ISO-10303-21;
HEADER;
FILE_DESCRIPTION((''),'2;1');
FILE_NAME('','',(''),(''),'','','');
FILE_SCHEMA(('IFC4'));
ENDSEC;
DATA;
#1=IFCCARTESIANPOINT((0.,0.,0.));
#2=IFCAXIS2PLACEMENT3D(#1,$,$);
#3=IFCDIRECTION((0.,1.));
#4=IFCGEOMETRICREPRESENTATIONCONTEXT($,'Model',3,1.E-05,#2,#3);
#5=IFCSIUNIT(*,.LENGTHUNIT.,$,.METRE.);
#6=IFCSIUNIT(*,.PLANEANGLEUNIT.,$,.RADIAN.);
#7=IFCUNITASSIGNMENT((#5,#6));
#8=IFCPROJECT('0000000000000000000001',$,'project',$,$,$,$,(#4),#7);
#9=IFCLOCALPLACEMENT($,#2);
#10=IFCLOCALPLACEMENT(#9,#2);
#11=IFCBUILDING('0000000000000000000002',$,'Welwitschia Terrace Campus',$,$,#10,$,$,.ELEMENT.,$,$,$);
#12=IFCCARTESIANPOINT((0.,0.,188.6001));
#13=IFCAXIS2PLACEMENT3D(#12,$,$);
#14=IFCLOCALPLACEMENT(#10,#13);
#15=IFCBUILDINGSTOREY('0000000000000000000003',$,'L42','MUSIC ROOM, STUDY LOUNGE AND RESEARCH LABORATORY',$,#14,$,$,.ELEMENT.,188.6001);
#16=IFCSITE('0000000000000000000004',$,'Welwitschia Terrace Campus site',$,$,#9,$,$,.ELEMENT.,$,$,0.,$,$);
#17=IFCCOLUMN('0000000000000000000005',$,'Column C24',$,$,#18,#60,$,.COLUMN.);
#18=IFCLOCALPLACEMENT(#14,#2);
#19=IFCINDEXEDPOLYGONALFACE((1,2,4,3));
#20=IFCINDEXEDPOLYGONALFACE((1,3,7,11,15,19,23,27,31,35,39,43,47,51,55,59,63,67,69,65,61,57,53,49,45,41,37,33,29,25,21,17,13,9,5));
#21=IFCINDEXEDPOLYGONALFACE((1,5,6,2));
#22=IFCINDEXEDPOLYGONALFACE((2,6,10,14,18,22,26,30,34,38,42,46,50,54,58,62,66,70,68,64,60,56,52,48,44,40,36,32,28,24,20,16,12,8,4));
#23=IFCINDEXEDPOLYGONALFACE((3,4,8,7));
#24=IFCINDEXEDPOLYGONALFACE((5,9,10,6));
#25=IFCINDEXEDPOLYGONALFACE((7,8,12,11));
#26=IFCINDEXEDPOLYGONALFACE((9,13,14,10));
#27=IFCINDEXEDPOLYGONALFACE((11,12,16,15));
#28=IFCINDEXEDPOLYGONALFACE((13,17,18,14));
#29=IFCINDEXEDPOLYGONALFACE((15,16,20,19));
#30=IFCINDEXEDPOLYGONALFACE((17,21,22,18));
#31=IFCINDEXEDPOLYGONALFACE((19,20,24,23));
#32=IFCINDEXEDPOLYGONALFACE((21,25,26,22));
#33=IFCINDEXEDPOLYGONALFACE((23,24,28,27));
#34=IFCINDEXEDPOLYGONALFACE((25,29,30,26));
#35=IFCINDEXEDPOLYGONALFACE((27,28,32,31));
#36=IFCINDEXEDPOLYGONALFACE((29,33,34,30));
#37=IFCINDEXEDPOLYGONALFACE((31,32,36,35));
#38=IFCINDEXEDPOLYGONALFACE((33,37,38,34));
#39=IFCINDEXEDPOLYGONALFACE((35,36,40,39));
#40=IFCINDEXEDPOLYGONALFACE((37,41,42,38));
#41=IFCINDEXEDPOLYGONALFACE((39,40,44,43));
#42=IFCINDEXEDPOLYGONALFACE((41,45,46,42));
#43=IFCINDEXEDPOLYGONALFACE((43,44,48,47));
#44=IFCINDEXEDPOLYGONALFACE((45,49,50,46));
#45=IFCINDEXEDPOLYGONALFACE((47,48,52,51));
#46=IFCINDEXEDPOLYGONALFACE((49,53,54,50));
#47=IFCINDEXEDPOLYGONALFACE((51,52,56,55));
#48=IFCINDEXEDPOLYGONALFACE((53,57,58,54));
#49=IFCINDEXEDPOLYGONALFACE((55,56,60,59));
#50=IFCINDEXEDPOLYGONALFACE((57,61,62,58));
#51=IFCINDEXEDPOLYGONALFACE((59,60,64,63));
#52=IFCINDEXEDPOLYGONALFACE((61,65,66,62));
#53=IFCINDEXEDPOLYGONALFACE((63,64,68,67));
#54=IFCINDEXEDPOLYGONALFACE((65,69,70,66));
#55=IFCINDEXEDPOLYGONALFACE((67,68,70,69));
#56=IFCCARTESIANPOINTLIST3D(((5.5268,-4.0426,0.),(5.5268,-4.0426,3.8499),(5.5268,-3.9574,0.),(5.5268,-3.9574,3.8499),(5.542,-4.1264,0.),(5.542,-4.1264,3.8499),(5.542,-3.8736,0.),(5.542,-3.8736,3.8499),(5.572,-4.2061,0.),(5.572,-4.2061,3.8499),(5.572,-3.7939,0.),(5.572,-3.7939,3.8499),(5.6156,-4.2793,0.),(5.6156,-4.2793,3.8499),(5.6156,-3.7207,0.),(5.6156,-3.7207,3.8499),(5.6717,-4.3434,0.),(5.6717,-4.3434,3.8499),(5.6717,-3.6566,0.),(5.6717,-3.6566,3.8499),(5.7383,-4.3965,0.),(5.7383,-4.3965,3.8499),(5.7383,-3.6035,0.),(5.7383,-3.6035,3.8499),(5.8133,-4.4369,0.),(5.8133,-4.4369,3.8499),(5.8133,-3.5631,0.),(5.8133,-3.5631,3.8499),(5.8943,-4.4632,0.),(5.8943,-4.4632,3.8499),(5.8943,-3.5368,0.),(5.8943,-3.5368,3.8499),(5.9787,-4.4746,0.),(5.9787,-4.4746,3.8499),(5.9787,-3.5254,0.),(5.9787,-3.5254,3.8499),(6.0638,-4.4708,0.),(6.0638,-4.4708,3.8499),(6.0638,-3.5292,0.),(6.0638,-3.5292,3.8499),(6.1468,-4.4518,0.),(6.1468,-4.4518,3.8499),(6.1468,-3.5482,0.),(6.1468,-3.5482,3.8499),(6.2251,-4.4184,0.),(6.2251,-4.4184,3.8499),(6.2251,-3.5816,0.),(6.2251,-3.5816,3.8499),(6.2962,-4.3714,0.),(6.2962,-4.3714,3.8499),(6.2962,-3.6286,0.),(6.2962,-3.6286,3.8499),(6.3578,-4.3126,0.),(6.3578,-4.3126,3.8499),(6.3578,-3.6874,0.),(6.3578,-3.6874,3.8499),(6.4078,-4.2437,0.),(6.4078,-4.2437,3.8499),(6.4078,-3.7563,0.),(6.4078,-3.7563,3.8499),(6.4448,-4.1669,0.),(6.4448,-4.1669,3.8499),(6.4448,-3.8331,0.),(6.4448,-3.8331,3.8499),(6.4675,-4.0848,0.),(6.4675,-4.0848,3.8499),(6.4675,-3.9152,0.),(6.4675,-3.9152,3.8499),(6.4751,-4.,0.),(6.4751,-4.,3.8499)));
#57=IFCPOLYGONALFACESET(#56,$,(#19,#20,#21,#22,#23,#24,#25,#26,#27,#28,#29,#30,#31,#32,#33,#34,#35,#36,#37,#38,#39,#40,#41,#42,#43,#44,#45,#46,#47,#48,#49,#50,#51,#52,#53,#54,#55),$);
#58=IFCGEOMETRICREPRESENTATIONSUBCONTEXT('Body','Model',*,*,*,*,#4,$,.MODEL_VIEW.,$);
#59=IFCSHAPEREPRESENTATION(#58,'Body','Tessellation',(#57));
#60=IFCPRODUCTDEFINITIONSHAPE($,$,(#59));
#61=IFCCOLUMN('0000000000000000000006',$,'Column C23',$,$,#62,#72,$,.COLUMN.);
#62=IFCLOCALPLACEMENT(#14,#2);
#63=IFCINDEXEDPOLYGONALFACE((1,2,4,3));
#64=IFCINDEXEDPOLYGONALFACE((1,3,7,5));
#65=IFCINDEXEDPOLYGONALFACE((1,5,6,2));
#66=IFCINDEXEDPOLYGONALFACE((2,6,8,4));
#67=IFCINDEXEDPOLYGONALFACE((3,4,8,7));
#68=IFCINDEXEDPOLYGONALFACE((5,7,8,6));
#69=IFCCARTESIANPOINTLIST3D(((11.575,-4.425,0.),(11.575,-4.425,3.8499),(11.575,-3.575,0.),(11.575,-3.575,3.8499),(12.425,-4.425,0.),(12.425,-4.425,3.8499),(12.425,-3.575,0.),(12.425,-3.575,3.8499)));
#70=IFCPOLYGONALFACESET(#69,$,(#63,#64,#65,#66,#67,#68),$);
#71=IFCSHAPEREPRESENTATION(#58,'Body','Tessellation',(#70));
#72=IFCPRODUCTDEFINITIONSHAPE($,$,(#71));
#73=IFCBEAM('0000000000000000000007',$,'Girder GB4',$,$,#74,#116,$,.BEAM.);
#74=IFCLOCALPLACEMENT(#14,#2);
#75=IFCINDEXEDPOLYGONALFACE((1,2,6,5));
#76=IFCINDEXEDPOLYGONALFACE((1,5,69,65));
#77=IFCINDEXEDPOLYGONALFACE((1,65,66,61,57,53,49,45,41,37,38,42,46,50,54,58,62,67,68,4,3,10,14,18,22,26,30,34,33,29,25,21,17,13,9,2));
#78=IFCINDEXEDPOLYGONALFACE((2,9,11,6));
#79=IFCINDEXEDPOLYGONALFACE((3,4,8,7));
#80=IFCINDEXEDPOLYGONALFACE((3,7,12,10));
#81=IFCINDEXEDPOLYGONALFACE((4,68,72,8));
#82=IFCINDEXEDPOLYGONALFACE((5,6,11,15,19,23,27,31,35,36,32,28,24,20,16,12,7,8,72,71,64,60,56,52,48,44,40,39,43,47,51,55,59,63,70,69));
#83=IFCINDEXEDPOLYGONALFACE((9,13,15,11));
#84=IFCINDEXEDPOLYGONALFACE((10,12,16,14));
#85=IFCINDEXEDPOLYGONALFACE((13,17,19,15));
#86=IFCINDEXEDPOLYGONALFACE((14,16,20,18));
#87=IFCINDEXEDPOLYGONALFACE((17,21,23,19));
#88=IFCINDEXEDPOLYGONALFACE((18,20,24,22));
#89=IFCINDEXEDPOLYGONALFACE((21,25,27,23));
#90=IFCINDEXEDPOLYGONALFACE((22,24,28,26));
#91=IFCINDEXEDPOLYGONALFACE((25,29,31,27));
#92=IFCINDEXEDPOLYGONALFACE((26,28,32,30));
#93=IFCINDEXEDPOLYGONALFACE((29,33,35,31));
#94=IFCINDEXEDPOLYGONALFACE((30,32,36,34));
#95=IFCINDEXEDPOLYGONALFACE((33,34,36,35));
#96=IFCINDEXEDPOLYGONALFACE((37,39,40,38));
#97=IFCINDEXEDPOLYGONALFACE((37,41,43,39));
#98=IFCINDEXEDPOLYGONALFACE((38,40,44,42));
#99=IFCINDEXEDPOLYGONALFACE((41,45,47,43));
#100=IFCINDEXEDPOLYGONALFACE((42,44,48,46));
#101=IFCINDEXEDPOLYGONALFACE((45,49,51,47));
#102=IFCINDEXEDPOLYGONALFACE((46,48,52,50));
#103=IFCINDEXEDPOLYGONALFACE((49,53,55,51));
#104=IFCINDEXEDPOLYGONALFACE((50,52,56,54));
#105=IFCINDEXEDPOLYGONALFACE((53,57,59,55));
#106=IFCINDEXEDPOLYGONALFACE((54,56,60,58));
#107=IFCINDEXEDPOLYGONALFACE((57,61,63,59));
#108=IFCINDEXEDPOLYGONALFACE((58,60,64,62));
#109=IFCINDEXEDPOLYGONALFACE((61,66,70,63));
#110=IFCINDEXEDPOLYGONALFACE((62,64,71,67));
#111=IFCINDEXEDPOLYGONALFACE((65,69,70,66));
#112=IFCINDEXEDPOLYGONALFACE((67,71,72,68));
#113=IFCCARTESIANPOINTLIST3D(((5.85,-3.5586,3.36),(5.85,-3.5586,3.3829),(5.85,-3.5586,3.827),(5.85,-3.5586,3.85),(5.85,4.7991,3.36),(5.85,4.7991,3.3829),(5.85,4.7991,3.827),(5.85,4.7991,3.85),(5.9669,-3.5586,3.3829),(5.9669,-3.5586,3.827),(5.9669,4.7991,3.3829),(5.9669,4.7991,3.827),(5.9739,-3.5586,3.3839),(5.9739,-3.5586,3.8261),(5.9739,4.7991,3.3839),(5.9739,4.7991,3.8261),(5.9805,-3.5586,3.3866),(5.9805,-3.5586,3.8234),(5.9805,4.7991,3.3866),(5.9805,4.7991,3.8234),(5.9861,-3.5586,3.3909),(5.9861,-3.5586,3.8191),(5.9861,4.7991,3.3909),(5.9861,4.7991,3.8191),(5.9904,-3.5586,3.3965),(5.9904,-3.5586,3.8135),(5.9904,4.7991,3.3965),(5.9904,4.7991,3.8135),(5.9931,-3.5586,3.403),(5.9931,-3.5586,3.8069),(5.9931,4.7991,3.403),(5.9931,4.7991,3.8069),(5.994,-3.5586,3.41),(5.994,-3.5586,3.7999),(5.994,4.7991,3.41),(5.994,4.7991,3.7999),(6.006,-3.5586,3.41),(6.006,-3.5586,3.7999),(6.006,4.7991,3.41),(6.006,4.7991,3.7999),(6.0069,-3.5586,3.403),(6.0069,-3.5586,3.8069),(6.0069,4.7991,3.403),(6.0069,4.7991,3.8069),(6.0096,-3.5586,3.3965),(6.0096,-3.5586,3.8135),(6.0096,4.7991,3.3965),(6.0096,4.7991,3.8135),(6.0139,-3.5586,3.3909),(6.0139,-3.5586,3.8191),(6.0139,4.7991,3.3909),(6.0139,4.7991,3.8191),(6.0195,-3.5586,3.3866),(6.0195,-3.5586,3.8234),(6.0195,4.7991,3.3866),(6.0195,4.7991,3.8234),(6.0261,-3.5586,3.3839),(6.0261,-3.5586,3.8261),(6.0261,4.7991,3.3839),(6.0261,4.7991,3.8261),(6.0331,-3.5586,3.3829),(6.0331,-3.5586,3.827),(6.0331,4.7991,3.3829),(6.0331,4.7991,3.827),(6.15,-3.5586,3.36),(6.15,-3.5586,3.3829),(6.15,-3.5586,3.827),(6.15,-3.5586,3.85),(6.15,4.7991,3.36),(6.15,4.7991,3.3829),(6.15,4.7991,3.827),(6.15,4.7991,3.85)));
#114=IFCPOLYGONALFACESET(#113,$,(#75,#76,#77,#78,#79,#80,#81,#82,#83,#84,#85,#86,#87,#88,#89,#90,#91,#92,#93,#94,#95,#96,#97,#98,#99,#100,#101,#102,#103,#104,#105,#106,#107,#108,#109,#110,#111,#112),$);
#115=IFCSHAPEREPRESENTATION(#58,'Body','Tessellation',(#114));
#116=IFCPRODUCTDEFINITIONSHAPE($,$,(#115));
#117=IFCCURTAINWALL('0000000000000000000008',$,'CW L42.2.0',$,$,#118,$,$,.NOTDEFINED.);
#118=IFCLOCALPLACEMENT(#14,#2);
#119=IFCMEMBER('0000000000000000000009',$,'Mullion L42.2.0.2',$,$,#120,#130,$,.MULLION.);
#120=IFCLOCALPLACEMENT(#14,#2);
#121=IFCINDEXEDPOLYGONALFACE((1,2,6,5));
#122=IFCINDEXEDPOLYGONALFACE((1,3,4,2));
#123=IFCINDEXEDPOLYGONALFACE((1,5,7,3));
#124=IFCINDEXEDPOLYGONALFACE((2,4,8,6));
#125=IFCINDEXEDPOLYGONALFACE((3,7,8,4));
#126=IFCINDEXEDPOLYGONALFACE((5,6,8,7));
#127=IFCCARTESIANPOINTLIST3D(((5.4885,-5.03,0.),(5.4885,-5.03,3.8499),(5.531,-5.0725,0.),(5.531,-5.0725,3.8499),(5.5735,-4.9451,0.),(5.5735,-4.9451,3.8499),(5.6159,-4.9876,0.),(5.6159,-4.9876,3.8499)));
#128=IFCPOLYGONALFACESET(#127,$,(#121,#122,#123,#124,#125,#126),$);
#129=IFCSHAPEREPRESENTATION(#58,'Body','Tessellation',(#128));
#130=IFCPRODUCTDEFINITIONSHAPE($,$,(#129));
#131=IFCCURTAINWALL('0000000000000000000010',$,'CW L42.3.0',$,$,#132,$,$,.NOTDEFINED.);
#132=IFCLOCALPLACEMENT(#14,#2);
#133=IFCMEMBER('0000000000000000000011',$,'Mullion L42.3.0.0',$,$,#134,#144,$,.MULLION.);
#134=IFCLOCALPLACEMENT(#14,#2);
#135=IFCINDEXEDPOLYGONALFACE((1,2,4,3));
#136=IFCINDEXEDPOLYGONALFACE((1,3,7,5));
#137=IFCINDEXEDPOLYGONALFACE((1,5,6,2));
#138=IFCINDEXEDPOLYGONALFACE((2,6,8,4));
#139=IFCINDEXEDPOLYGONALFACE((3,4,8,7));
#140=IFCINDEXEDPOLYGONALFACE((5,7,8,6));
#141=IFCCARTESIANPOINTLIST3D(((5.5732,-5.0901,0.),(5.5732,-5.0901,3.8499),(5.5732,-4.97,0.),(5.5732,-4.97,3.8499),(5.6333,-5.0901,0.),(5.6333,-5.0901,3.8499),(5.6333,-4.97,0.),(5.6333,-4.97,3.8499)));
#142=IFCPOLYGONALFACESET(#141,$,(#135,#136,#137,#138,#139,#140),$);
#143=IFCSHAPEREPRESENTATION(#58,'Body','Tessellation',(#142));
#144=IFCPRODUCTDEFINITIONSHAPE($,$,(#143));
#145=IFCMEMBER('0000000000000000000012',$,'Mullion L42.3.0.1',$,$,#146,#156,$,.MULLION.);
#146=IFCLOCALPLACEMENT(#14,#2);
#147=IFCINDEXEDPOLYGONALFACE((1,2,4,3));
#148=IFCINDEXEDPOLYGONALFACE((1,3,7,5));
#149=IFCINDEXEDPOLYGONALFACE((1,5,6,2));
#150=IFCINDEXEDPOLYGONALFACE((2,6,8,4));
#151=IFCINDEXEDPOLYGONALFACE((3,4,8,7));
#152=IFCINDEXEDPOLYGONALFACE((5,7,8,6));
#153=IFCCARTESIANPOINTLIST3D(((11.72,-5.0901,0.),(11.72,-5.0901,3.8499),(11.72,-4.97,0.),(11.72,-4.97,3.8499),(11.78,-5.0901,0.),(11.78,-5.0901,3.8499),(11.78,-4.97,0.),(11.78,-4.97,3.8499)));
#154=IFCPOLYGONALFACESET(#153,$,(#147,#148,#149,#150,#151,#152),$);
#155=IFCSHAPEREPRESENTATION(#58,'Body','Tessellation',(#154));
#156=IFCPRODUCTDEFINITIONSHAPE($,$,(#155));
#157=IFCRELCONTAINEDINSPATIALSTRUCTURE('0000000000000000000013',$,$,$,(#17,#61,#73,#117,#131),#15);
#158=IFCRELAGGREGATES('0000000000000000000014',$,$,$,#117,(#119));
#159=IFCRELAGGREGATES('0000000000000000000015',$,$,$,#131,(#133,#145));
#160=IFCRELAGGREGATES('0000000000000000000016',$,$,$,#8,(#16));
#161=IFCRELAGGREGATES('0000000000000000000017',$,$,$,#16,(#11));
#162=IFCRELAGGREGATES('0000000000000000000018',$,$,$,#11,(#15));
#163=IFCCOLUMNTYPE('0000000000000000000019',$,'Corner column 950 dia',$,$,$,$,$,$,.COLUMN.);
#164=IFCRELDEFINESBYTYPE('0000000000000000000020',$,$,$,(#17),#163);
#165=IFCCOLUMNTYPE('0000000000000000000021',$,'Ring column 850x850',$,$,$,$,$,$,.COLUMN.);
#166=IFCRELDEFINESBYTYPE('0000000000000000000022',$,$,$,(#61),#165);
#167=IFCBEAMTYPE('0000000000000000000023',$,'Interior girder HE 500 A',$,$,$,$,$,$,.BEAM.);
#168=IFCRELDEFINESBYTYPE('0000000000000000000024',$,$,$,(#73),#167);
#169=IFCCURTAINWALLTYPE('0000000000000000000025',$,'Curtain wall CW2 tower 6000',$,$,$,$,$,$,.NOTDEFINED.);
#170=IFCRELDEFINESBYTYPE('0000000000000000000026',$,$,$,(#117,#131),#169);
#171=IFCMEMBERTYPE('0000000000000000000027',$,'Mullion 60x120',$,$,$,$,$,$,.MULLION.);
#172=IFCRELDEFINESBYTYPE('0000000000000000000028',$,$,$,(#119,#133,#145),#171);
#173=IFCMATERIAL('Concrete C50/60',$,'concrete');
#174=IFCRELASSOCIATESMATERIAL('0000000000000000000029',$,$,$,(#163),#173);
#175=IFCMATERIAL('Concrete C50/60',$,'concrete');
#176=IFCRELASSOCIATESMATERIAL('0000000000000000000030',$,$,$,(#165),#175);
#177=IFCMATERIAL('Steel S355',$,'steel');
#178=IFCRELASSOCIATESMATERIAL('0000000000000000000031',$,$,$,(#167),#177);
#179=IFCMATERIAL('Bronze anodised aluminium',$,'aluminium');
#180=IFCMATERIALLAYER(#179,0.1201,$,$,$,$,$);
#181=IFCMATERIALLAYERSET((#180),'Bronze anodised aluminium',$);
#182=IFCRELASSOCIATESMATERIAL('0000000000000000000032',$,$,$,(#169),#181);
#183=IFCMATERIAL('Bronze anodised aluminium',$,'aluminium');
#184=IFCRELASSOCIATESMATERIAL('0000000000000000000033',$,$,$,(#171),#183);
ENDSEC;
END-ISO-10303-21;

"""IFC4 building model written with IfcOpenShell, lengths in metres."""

from ifc_helpers import new_model, si_unit, direction, frame, origin, origin_2d, place, context, subcontext, project, spatial, rectangle, circle, i_section, extrude, material, layer, layer_set, material_profile, profile_set, type_object, element, aggregate, save


model = new_model("IFC4")

# Units and contexts
model_context = context("Model", 3, precision=1e-05, world=origin(), true_north=direction((0.0, 1.0)))
body_context = subcontext(model_context, "Body", "Model", "MODEL_VIEW")
ifc_project = project(units=[si_unit("LENGTHUNIT", "METRE"), si_unit("PLANEANGLEUNIT", "RADIAN")], contexts=[model_context])

# Site, building, storey
site_placement = place(None, origin())
site = spatial("IfcSite", under=ifc_project, at=site_placement, Name="Welwitschia Terrace Campus site", CompositionType="ELEMENT", RefElevation=0.0)
building_placement = place(site_placement, origin())
building = spatial("IfcBuilding", under=site, at=building_placement, Name="Welwitschia Terrace Campus", CompositionType="ELEMENT")
storey_placement = place(building_placement, frame((0.0, 0.0, 188.6001)))
storey = spatial("IfcBuildingStorey", under=building, at=storey_placement, Name="L42", Description="MUSIC ROOM, STUDY LOUNGE AND RESEARCH LABORATORY", CompositionType="ELEMENT", Elevation=188.6001)

# Columns
ifc_material_1 = material(Name="Concrete C50/60", Category="concrete")
ifc_material_profile_1 = material_profile(ifc_material_1, circle(Radius=0.4751, at=origin_2d()))
ifc_profile_set_1 = profile_set([ifc_material_profile_1], Name="Concrete C50/60")
column_type_1 = type_object("IfcColumnType", Name="Corner column 950 dia", PredefinedType="COLUMN", material=ifc_profile_set_1)
column_1_placement = place(storey_placement, frame((6.0, -4.0, 0.0), z_axis=(0.0, 0.0, 1.0), x_axis=(1.0, 0.0, 0.0)))
element("IfcColumn", 1, at=column_1_placement, inside=storey, type_object=column_type_1, Name="Column C24", PredefinedType="COLUMN", context=body_context, shape_type="SweptSolid", body=[
    extrude(circle(Radius=0.4751, at=origin_2d()), origin(), (0.0, 0.0, 1.0), 3.8499),
])
ifc_material_2 = material(Name="Concrete C50/60", Category="concrete")
ifc_material_profile_2 = material_profile(ifc_material_2, rectangle(XDim=0.8501, YDim=0.8501, at=origin_2d()))
ifc_profile_set_2 = profile_set([ifc_material_profile_2], Name="Concrete C50/60")
column_type_2 = type_object("IfcColumnType", Name="Ring column 850x850", PredefinedType="COLUMN", material=ifc_profile_set_2)
column_2_placement = place(storey_placement, frame((12.0, -4.0, 0.0), z_axis=(0.0, 0.0, 1.0), x_axis=(1.0, 0.0, 0.0)))
element("IfcColumn", 2, at=column_2_placement, inside=storey, type_object=column_type_2, Name="Column C23", PredefinedType="COLUMN", context=body_context, shape_type="SweptSolid", body=[
    extrude(rectangle(XDim=0.8501, YDim=0.8501, at=origin_2d()), origin(), (0.0, 0.0, 1.0), 3.8499),
])

# Beam
ifc_material_3 = material(Name="Steel S355", Category="steel")
ifc_material_profile_3 = material_profile(ifc_material_3, i_section(OverallWidth=0.3, OverallDepth=0.49, WebThickness=0.012, FlangeThickness=0.0229, FilletRadius=0.0271, at=origin_2d()))
ifc_profile_set_3 = profile_set([ifc_material_profile_3], Name="Steel S355")
beam_type_1 = type_object("IfcBeamType", Name="Interior girder HE 500 A", PredefinedType="BEAM", material=ifc_profile_set_3)
beam_1_placement = place(storey_placement, frame((6.0, -3.5586, 3.605), z_axis=(0.0, 1.0, 0.0), x_axis=(-1.0, 0.0, 0.0)))
element("IfcBeam", 3, at=beam_1_placement, inside=storey, type_object=beam_type_1, Name="Girder GB4", PredefinedType="BEAM", context=body_context, shape_type="SweptSolid", body=[
    extrude(i_section(OverallWidth=0.3, OverallDepth=0.49, WebThickness=0.012, FlangeThickness=0.0229, FilletRadius=0.0271, at=origin_2d()), origin(), (0.0, 0.0, 1.0), 8.3577),
])

# Curtain wall, member
ifc_material_4 = material(Name="Bronze anodised aluminium", Category="aluminium")
ifc_layer_1 = layer(ifc_material_4, 0.1201)
ifc_layer_set_1 = layer_set([ifc_layer_1], Name="Bronze anodised aluminium")
curtain_wall_type = type_object("IfcCurtainWallType", Name="Curtain wall CW2 tower 6000", PredefinedType="NOTDEFINED", material=ifc_layer_set_1)
curtain_wall_1_placement = place(storey_placement, origin())
curtain_wall_1 = element("IfcCurtainWall", 4, at=curtain_wall_1_placement, inside=storey, type_object=curtain_wall_type, Name="CW L42.2.0", PredefinedType="NOTDEFINED")
ifc_material_5 = material(Name="Bronze anodised aluminium", Category="aluminium")
ifc_material_profile_4 = material_profile(ifc_material_5, rectangle(XDim=0.1201, YDim=0.0601, at=origin_2d()))
ifc_profile_set_4 = profile_set([ifc_material_profile_4], Name="Bronze anodised aluminium")
member_type_1 = type_object("IfcMemberType", Name="Mullion 60x120", PredefinedType="MULLION", material=ifc_profile_set_4)
member_1_placement = place(storey_placement, frame((5.5522, -5.0088, 0.0), z_axis=(0.0, 0.0, 1.0), x_axis=(0.707107, 0.707107, 0.0)))
member_1 = element("IfcMember", 5, at=member_1_placement, type_object=member_type_1, Name="Mullion L42.2.0.2", PredefinedType="MULLION", context=body_context, shape_type="SweptSolid", body=[
    extrude(rectangle(XDim=0.1201, YDim=0.0601, at=origin_2d()), origin(), (0.0, 0.0, 1.0), 3.8499),
])

# Curtain wall, members
curtain_wall_2_placement = place(storey_placement, origin())
curtain_wall_2 = element("IfcCurtainWall", 6, at=curtain_wall_2_placement, inside=storey, type_object=curtain_wall_type, Name="CW L42.3.0", PredefinedType="NOTDEFINED")
member_2_placement = place(storey_placement, frame((5.6033, -5.03, 0.0), z_axis=(0.0, 0.0, 1.0), x_axis=(0.0, 1.0, 0.0)))
member_2 = element("IfcMember", 7, at=member_2_placement, type_object=member_type_1, Name="Mullion L42.3.0.0", PredefinedType="MULLION", context=body_context, shape_type="SweptSolid", body=[
    extrude(rectangle(XDim=0.1201, YDim=0.0601, at=origin_2d()), origin(), (0.0, 0.0, 1.0), 3.8499),
])
member_3_placement = place(storey_placement, frame((11.75, -5.03, 0.0), z_axis=(0.0, 0.0, 1.0), x_axis=(0.0, 1.0, 0.0)))
member_3 = element("IfcMember", 8, at=member_3_placement, type_object=member_type_1, Name="Mullion L42.3.0.1", PredefinedType="MULLION", context=body_context, shape_type="SweptSolid", body=[
    extrude(rectangle(XDim=0.1201, YDim=0.0601, at=origin_2d()), origin(), (0.0, 0.0, 1.0), 3.8499),
])

aggregate(curtain_wall_1, [member_1])
aggregate(curtain_wall_2, [member_2, member_3])

save(model, "model.ifc")
